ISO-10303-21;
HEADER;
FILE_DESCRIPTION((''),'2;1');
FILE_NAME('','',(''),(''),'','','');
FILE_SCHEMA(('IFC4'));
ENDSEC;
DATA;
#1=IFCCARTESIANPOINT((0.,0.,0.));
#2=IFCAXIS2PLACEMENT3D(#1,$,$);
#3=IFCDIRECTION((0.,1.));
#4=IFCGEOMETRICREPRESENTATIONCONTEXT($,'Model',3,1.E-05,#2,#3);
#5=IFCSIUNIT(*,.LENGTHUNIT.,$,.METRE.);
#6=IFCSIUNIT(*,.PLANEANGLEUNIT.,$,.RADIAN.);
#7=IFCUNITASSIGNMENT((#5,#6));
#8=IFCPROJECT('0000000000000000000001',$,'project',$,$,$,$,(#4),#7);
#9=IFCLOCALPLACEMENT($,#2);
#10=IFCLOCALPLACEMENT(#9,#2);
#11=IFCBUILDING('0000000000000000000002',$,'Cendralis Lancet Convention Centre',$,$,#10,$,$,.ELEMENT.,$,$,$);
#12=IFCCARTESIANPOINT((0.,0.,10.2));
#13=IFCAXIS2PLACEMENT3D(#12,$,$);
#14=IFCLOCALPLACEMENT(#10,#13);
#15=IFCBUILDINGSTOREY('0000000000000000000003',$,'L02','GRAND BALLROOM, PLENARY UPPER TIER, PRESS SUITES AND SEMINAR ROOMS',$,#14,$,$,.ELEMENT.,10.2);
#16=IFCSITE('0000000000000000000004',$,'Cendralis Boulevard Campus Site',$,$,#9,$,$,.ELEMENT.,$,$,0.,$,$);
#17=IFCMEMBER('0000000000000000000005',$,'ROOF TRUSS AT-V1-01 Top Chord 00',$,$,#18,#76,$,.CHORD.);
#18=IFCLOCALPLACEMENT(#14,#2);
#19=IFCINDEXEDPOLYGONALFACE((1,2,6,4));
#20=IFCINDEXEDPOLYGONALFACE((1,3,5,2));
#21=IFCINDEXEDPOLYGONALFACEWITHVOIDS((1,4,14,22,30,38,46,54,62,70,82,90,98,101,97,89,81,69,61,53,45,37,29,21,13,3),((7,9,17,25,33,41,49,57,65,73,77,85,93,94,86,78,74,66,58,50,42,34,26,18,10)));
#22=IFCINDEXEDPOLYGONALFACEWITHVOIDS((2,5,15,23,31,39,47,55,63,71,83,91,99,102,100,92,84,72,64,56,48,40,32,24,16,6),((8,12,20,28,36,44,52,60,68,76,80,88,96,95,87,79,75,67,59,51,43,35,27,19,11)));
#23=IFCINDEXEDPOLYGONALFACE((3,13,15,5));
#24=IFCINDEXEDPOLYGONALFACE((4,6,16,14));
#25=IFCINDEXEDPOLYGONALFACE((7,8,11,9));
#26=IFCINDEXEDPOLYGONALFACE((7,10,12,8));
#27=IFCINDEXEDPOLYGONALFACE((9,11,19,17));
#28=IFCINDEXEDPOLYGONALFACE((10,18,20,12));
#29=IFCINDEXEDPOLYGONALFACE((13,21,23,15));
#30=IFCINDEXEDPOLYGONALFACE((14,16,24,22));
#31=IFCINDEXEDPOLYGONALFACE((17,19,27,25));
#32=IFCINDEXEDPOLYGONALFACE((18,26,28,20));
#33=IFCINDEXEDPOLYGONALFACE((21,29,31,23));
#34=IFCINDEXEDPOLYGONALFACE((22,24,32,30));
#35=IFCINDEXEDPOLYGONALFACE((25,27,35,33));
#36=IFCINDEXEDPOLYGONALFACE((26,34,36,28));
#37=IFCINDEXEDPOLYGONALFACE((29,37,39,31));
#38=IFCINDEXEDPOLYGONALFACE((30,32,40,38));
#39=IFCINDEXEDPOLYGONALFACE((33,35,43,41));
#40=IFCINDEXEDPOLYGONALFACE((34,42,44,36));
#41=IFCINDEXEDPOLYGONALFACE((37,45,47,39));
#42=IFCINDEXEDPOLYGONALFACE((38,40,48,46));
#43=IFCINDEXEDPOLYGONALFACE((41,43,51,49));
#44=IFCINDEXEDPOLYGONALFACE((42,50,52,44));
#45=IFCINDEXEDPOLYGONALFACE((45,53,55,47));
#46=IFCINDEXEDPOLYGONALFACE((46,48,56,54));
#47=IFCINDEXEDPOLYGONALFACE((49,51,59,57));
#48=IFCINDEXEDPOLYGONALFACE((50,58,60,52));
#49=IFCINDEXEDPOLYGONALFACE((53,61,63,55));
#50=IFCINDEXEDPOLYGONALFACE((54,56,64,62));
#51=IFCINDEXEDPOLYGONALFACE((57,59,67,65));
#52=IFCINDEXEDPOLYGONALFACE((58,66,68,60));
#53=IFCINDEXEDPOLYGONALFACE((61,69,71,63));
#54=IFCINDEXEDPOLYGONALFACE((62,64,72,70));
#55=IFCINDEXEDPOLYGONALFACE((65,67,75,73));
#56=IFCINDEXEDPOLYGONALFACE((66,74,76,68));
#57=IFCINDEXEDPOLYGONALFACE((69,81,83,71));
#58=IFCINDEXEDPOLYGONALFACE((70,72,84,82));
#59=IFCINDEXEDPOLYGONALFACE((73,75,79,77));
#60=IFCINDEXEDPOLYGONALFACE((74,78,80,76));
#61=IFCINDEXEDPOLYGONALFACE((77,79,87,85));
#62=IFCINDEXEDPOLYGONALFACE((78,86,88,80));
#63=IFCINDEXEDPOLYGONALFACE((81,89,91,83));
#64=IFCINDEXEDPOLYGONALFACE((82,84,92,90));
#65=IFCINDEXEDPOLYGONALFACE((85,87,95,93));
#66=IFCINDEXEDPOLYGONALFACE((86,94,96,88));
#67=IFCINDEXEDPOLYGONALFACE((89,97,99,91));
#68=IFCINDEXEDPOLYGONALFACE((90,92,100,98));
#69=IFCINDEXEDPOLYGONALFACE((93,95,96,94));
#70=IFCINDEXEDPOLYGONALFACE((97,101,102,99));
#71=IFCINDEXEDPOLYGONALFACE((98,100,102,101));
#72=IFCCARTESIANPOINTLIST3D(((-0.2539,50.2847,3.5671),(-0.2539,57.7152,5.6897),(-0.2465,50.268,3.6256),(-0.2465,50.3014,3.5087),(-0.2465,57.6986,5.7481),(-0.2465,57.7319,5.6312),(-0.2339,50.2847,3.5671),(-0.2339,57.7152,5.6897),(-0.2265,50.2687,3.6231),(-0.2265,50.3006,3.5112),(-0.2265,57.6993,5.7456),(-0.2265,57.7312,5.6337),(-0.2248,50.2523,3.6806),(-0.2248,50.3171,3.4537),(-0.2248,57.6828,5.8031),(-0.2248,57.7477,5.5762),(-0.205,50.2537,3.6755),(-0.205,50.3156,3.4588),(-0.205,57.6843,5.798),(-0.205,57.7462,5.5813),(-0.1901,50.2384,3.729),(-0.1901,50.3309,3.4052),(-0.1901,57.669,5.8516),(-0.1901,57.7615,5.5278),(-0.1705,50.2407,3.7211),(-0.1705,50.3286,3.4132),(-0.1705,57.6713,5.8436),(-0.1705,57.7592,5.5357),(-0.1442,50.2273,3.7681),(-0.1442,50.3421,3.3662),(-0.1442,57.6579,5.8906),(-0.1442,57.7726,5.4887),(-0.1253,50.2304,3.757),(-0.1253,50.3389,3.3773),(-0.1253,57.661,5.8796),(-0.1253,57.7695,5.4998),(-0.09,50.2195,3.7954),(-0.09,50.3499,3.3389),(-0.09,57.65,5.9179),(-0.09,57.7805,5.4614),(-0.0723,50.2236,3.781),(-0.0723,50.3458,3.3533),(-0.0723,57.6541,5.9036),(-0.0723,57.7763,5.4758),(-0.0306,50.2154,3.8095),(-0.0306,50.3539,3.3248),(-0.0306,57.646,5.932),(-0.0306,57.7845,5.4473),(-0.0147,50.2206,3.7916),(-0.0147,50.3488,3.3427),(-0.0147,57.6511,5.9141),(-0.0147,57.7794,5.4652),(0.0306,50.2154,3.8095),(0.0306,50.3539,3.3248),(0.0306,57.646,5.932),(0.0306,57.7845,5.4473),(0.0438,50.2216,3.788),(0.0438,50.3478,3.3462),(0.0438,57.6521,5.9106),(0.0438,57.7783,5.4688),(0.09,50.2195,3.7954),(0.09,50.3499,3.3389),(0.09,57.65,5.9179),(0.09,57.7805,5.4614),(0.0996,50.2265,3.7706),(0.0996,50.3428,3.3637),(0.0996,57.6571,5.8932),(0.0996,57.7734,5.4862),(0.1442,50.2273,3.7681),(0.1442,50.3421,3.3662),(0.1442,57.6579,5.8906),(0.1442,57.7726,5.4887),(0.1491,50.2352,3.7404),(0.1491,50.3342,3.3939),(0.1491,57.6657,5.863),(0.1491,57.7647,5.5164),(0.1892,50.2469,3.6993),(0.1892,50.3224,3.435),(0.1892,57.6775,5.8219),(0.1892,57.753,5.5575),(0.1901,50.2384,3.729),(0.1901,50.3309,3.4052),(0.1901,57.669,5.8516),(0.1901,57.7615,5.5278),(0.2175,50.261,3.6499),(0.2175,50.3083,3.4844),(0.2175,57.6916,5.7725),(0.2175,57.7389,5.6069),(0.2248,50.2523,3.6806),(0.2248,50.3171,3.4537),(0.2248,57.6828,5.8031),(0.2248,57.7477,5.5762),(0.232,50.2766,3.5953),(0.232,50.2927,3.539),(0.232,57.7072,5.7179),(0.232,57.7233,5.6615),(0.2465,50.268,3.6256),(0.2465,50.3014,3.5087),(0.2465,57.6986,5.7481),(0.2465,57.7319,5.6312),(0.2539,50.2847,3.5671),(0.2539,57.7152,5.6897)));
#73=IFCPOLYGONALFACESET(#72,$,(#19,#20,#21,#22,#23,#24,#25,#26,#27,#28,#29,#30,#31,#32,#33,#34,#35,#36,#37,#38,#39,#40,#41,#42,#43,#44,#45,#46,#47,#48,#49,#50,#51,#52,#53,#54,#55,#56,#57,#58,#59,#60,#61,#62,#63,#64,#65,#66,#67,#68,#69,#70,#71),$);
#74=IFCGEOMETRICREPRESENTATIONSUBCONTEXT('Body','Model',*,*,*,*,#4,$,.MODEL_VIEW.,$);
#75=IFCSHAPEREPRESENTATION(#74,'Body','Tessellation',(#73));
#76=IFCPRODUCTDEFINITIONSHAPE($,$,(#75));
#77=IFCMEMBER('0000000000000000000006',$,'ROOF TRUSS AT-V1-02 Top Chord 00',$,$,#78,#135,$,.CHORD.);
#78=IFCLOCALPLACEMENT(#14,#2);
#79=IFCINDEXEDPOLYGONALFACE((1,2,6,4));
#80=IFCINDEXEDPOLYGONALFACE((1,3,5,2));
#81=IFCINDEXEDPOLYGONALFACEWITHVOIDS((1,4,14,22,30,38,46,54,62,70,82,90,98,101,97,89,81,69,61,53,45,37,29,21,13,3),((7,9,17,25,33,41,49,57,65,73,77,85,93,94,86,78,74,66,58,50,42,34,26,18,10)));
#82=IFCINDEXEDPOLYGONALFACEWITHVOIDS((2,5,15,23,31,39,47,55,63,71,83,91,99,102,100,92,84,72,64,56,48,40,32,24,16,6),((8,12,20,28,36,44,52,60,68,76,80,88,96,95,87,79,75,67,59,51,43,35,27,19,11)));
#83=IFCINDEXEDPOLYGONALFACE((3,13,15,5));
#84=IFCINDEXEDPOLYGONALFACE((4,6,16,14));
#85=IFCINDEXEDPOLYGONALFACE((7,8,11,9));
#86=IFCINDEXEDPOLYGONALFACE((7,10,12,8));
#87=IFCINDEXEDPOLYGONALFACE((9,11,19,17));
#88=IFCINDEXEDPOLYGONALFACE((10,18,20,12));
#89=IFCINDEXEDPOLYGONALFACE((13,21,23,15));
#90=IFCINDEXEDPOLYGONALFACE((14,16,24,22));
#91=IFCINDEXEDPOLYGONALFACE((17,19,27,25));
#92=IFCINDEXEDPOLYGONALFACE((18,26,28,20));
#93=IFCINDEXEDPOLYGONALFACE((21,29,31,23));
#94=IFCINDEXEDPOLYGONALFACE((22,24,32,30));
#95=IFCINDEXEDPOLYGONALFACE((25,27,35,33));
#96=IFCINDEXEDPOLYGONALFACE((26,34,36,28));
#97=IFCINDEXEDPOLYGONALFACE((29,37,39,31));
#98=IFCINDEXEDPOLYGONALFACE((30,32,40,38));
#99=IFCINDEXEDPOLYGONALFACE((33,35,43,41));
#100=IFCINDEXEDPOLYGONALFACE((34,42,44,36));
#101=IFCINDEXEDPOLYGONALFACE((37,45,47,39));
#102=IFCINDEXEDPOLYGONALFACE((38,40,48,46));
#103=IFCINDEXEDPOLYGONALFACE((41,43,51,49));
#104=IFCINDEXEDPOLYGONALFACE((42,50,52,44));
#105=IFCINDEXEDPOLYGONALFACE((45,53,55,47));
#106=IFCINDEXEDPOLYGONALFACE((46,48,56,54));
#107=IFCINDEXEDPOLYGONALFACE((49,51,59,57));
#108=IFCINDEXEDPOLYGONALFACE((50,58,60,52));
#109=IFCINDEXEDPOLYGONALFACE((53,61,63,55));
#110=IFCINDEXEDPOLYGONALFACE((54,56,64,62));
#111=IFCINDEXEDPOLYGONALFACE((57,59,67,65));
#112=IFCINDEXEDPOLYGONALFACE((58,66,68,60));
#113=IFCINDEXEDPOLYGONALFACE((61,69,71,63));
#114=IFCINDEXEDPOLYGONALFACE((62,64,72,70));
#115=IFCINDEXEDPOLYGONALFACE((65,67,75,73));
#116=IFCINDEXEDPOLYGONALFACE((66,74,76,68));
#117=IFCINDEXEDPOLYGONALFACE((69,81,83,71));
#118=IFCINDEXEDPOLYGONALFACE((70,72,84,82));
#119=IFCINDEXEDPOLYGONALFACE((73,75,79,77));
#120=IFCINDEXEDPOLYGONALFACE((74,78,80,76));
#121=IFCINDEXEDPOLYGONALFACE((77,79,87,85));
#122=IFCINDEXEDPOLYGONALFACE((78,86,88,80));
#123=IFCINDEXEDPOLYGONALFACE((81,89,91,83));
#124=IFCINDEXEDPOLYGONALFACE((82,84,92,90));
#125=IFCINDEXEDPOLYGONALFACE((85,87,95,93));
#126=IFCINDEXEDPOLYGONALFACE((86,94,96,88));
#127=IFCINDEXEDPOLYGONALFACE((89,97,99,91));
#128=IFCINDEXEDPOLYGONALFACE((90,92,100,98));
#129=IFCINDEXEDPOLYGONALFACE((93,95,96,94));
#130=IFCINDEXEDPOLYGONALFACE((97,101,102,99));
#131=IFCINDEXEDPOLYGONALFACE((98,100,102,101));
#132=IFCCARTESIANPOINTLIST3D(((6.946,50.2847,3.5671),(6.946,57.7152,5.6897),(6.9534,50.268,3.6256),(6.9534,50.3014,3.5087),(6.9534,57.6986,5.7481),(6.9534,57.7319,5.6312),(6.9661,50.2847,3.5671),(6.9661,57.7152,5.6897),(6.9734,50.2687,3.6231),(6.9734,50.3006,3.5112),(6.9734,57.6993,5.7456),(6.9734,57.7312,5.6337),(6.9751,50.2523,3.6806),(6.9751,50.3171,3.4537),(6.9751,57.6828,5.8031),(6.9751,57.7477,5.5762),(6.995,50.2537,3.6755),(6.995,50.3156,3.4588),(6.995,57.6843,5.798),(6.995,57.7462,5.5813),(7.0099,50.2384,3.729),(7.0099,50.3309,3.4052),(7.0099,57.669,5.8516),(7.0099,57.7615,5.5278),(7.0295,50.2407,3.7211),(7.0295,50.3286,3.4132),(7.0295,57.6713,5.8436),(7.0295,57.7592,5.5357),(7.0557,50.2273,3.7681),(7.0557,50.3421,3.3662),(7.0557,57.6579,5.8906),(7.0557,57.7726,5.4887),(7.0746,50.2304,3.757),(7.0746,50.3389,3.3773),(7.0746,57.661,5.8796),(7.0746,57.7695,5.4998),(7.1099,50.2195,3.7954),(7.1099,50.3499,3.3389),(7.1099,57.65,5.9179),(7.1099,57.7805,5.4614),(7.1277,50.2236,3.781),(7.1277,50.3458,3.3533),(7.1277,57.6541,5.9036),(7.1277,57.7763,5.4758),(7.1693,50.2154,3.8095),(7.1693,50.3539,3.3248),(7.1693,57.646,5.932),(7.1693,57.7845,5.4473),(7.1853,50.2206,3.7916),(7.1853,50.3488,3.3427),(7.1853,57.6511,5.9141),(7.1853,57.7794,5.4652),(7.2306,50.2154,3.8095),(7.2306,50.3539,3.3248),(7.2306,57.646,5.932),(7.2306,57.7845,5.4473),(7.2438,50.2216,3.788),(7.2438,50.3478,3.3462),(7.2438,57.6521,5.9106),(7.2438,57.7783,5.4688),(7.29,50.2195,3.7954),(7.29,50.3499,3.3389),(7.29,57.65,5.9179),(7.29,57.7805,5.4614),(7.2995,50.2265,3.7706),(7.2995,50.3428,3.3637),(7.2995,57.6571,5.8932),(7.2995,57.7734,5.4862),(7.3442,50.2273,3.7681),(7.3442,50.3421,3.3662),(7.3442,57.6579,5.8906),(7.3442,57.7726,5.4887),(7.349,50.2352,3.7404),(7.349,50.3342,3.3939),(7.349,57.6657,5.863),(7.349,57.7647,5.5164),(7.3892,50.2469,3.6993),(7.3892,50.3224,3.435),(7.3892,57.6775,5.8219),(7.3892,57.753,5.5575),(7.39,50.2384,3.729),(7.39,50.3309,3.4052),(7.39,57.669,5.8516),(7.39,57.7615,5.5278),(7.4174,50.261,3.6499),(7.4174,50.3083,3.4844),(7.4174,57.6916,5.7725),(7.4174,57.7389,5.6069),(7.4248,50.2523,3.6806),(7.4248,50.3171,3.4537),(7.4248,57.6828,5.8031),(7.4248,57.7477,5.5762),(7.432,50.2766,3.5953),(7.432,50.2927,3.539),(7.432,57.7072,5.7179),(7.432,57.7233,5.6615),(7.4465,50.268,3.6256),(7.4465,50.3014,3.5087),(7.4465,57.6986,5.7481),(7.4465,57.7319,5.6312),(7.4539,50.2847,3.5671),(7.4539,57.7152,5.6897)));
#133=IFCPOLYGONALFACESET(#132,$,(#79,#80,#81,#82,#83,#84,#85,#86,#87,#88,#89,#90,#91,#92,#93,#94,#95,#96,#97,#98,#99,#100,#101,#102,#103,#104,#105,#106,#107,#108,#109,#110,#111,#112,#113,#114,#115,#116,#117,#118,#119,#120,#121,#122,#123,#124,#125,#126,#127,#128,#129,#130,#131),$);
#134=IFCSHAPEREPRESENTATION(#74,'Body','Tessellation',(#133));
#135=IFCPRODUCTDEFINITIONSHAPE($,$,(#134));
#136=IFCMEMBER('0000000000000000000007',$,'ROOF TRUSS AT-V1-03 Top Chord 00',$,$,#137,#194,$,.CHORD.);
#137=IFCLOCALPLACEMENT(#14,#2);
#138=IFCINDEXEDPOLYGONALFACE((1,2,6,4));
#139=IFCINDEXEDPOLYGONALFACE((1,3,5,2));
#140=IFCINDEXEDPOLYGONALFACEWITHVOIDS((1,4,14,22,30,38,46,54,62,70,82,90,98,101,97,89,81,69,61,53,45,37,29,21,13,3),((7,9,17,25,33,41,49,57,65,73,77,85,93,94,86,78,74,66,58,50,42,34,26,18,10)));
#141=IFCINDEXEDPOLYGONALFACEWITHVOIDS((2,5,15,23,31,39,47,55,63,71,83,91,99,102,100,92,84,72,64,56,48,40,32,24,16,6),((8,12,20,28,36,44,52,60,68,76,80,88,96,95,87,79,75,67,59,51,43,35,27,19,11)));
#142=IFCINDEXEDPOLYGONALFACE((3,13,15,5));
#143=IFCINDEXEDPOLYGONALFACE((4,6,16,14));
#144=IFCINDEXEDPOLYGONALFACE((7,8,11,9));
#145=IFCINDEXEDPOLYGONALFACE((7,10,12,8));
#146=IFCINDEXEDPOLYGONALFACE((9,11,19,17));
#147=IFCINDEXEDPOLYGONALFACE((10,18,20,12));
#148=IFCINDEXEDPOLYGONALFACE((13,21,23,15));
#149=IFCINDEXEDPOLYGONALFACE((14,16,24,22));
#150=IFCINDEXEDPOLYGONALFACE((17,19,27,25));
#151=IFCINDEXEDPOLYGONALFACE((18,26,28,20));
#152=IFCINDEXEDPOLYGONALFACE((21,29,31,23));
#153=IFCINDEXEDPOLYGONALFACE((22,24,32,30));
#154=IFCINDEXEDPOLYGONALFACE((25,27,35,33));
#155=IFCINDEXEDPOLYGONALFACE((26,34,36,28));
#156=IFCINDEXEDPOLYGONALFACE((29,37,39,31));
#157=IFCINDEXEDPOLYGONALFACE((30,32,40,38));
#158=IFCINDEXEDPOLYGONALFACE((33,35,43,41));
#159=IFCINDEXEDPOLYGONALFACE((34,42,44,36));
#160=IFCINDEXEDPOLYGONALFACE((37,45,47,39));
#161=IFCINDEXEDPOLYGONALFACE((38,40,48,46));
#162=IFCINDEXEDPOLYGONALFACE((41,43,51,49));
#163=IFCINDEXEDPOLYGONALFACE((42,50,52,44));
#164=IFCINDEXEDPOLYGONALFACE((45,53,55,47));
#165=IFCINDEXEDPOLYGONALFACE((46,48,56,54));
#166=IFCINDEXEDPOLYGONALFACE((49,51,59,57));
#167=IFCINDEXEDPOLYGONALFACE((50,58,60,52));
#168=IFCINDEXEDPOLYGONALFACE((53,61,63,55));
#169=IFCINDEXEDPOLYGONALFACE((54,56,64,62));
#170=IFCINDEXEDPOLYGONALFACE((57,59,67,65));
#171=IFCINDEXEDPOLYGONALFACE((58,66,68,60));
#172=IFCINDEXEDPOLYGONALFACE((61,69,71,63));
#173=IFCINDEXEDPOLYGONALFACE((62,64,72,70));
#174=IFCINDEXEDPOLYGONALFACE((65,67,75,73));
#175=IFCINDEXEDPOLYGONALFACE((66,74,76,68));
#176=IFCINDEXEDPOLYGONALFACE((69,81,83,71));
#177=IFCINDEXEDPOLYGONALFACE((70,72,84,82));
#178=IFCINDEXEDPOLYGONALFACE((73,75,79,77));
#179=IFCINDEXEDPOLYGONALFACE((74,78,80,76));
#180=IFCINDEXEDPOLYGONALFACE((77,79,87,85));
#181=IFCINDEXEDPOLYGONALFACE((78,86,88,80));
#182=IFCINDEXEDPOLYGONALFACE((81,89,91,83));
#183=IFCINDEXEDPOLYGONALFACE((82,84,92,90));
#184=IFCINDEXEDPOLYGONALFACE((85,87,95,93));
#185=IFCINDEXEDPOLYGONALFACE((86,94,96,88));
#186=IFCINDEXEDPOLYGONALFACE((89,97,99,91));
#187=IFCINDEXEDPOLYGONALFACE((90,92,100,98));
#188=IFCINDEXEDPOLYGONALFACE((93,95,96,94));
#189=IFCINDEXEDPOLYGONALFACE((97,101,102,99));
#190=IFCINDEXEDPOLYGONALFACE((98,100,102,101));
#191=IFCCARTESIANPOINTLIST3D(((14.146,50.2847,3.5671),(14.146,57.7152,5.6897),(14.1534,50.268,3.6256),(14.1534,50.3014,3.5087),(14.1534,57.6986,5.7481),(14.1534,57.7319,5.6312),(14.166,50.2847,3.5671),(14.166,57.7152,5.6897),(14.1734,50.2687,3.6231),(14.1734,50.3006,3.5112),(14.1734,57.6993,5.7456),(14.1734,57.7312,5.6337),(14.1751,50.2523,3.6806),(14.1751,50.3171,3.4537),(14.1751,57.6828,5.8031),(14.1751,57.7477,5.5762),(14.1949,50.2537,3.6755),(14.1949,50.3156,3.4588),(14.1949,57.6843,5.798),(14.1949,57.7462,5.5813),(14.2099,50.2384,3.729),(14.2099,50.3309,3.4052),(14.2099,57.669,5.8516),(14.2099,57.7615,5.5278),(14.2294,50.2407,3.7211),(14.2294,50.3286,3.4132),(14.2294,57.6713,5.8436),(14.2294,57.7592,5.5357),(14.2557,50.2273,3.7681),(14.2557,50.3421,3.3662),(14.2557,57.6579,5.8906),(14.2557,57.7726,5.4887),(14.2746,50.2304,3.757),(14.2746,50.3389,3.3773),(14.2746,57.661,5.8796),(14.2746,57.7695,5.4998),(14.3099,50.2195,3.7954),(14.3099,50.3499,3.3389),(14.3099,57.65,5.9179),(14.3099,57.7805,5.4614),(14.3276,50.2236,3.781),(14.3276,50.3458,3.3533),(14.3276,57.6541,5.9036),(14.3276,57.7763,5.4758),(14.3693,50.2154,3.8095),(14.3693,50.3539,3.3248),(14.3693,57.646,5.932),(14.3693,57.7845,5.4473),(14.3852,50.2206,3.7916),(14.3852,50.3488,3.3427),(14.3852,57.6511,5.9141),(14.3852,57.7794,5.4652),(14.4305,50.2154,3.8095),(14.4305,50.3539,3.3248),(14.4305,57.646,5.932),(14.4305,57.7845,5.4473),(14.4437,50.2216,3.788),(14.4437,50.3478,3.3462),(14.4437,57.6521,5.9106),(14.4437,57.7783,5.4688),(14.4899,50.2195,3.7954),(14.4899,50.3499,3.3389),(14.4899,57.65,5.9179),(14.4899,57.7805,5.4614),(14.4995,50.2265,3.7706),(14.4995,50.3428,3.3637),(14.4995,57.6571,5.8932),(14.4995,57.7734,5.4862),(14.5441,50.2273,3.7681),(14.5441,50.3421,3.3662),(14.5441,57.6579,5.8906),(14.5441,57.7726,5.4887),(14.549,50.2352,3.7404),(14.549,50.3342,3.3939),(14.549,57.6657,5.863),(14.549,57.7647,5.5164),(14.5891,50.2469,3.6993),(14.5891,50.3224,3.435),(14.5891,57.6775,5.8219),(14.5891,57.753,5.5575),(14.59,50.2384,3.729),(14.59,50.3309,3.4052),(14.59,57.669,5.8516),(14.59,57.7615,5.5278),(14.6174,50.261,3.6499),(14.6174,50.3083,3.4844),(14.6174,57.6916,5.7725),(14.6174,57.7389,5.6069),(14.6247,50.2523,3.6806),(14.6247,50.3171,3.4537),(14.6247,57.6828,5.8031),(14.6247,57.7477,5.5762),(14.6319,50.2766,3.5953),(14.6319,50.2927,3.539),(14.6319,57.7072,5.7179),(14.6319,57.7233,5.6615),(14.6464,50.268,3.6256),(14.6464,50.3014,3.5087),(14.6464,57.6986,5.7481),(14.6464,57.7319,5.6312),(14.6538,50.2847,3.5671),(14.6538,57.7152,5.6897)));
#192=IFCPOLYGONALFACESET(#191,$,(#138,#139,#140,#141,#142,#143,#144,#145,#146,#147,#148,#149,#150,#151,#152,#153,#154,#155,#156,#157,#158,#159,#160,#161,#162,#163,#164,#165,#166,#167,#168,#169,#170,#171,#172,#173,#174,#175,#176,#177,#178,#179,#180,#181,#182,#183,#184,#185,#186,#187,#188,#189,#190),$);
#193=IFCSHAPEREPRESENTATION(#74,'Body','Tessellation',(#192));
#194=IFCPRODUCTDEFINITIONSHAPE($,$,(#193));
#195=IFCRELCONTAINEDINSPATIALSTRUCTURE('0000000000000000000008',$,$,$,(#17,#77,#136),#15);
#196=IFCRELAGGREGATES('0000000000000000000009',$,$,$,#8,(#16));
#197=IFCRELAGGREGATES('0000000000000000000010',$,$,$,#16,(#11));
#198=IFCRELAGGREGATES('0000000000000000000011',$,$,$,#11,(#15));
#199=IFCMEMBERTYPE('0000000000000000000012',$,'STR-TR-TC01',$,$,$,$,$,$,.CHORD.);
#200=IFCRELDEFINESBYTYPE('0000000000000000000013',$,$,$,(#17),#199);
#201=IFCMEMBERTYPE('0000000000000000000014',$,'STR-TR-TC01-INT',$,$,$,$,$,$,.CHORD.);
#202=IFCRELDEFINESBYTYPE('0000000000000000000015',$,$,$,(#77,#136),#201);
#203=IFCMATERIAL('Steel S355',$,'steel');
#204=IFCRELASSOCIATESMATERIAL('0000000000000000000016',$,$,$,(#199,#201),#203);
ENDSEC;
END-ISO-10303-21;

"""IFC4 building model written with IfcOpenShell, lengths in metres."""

from ifc_helpers import new_model, si_unit, direction, frame, origin, origin_2d, place, context, subcontext, project, spatial, hollow_circle, extrude, material, material_profile, profile_set, type_object, element, save


model = new_model("IFC4")

# Units and contexts
model_context = context("Model", 3, precision=1e-05, world=origin(), true_north=direction((0.0, 1.0)))
body_context = subcontext(model_context, "Body", "Model", "MODEL_VIEW")
ifc_project = project(units=[si_unit("LENGTHUNIT", "METRE"), si_unit("PLANEANGLEUNIT", "RADIAN")], contexts=[model_context])

# Site, building, storey
site_placement = place(None, origin())
site = spatial("IfcSite", under=ifc_project, at=site_placement, Name="Cendralis Boulevard Campus Site", CompositionType="ELEMENT", RefElevation=0.0)
building_placement = place(site_placement, origin())
building = spatial("IfcBuilding", under=site, at=building_placement, Name="Cendralis Lancet Convention Centre", CompositionType="ELEMENT")
storey_placement = place(building_placement, frame((0.0, 0.0, 10.2)))
storey = spatial("IfcBuildingStorey", under=building, at=storey_placement, Name="L02", Description="GRAND BALLROOM, PLENARY UPPER TIER, PRESS SUITES AND SEMINAR ROOMS", CompositionType="ELEMENT", Elevation=10.2)

# Shared definitions
ifc_material_1 = material(Name="Steel S355", Category="steel")

# Members
ifc_material_profile_1 = material_profile(ifc_material_1, hollow_circle(Radius=0.2539, WallThickness=0.02, at=origin_2d()), Name="CHS 508.0x20.0")
ifc_profile_set_1 = profile_set([ifc_material_profile_1], Name="Steel S355")
member_type_1 = type_object("IfcMemberType", Name="STR-TR-TC01", PredefinedType="CHORD", material=ifc_profile_set_1)
member_1_placement = place(storey_placement, frame((0.0, 50.2847, 3.5671), z_axis=(0.0, 0.961541, 0.274663), x_axis=(-1.0, 0.0, 0.0)))
element("IfcMember", 1, at=member_1_placement, inside=storey, type_object=member_type_1, Name="ROOF TRUSS AT-V1-01 Top Chord 00", PredefinedType="CHORD", context=body_context, shape_type="SweptSolid", body=[
    extrude(hollow_circle(Radius=0.2539, WallThickness=0.02, at=origin_2d()), origin(), (0.0, 0.0, 1.0), 7.7278),
])
ifc_material_profile_2 = material_profile(ifc_material_1, hollow_circle(Radius=0.2539, WallThickness=0.02, at=origin_2d()), Name="CHS 508.0x20.0")
ifc_profile_set_2 = profile_set([ifc_material_profile_2], Name="Steel S355")
member_type_2 = type_object("IfcMemberType", Name="STR-TR-TC01-INT", PredefinedType="CHORD", material=ifc_profile_set_2)
for number, where, z_axis, x_axis, name in (
    (2, (7.2, 50.2847, 3.5671), (0.0, 0.961541, 0.274663), (-1.0, 0.0, 0.0), "ROOF TRUSS AT-V1-02 Top Chord 00"),
    (3, (14.3999, 50.2847, 3.5671), (0.0, 0.961541, 0.274663), (-1.0, 0.0, 0.0), "ROOF TRUSS AT-V1-03 Top Chord 00"),
):
    element("IfcMember", number, at=place(storey_placement, frame(where, z_axis=z_axis, x_axis=x_axis)), inside=storey, type_object=member_type_2, Name=name, PredefinedType="CHORD", context=body_context, shape_type="SweptSolid", body=[
        extrude(hollow_circle(Radius=0.2539, WallThickness=0.02, at=origin_2d()), origin(), (0.0, 0.0, 1.0), 7.7278),
    ])

save(model, "model.ifc")
